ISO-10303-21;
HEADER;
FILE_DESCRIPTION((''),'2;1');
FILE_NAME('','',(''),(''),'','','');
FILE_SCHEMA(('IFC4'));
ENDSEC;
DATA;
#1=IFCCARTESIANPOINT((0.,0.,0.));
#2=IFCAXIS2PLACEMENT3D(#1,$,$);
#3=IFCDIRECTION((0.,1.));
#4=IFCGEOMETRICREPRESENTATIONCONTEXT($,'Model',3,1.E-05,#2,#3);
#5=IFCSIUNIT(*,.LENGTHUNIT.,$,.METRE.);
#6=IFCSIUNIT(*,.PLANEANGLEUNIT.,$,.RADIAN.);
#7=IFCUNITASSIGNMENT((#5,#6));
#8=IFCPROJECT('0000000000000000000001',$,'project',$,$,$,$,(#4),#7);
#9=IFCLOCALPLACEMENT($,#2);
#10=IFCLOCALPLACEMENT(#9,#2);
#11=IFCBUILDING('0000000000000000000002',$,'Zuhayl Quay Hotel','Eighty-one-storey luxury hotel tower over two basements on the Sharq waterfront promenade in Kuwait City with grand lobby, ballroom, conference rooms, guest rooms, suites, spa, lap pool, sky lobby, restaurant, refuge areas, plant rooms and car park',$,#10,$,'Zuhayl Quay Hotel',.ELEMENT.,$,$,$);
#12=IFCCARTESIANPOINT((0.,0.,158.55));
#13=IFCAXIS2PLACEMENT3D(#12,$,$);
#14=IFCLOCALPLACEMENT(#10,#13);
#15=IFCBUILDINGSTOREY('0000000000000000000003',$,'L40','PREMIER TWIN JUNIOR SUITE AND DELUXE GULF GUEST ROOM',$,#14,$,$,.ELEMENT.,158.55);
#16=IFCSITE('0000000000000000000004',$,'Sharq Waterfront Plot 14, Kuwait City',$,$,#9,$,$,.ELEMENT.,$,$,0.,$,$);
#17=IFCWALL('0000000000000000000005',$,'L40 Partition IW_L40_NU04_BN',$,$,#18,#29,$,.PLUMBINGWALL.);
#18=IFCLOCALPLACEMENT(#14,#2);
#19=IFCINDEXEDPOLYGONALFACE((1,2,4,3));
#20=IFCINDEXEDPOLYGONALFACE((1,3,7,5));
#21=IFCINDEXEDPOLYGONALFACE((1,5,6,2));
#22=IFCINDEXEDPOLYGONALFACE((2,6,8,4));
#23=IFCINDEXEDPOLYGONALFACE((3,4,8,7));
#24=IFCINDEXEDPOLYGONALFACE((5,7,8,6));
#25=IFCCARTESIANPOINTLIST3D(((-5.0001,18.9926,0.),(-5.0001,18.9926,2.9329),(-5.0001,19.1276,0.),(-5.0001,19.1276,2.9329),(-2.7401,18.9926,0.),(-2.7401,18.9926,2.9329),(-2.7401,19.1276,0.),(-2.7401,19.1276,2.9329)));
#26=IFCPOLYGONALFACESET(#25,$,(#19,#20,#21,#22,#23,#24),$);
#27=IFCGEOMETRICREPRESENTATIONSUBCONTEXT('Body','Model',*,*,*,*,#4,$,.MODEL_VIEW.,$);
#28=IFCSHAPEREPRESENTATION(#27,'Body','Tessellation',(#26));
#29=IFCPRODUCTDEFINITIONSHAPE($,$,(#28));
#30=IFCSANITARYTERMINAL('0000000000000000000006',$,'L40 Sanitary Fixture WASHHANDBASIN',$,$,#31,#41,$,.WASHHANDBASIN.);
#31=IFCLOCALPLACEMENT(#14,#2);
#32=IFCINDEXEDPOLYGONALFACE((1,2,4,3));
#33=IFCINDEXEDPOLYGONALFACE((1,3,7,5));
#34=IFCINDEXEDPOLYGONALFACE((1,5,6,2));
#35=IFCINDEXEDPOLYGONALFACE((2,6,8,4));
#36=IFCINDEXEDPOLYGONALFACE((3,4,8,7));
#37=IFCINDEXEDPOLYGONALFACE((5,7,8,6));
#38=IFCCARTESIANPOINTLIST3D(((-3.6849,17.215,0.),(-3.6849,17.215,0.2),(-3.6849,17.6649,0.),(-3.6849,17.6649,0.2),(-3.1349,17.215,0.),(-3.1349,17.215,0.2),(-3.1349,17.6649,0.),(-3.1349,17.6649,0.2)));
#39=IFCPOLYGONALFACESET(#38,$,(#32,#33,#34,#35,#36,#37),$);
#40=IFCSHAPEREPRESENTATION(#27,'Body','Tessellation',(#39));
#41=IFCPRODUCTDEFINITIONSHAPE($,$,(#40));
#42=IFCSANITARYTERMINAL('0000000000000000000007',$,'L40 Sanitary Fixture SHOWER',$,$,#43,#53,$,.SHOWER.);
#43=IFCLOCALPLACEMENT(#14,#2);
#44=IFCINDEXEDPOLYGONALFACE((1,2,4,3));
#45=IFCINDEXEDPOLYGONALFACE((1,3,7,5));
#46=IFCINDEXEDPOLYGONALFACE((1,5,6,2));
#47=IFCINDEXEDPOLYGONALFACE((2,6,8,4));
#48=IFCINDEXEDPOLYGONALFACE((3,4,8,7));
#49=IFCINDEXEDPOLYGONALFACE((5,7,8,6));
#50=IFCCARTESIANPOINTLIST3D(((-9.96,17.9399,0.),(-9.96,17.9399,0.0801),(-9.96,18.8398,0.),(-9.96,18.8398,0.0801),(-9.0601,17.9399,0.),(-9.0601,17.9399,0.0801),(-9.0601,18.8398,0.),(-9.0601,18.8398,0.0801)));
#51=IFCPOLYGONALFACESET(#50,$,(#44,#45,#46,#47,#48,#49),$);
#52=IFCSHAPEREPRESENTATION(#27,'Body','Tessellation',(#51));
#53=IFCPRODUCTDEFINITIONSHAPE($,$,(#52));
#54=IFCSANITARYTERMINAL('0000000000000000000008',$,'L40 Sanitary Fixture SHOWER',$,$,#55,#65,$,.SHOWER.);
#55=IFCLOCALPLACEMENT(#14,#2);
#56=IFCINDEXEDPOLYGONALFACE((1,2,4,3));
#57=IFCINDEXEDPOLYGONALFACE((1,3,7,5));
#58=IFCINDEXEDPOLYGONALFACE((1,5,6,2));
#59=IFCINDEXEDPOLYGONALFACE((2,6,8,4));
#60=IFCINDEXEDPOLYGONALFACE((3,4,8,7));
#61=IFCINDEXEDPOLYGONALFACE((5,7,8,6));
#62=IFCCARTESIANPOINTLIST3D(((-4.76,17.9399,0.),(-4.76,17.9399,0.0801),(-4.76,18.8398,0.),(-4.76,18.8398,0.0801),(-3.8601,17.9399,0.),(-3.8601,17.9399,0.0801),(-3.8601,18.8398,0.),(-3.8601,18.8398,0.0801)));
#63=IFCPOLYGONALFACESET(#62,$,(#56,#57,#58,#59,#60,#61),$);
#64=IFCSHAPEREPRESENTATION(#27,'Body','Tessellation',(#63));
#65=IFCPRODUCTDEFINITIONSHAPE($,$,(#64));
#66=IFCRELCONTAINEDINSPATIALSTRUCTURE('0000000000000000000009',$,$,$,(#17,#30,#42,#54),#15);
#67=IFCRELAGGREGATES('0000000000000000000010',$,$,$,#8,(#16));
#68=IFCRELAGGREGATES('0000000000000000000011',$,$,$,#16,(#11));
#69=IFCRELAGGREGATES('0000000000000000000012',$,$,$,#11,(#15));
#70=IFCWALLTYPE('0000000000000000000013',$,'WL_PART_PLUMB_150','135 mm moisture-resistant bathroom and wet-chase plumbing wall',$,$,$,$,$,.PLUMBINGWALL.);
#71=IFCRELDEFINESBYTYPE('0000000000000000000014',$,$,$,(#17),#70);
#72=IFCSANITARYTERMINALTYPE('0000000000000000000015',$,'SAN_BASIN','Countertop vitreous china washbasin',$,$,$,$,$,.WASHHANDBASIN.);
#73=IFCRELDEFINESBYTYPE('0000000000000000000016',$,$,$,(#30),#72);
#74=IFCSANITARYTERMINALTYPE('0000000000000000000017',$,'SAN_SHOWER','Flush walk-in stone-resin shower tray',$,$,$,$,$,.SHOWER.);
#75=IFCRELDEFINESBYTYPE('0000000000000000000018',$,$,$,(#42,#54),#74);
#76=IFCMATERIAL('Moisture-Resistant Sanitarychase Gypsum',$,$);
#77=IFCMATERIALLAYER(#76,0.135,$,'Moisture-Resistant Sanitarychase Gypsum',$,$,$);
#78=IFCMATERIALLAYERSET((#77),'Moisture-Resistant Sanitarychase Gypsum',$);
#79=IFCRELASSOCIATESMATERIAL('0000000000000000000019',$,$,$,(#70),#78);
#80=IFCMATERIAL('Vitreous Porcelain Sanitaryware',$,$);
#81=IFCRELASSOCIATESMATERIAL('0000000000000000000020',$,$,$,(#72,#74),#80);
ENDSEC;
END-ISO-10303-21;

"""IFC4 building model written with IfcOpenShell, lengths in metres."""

from ifc_helpers import new_model, si_unit, direction, frame, frame_2d, origin, origin_2d, place, context, subcontext, project, spatial, rectangle, extrude, material, layer, layer_set, type_object, element, save


model = new_model("IFC4")

# Units and contexts
model_context = context("Model", 3, precision=1e-05, world=origin(), true_north=direction((0.0, 1.0)))
body_context = subcontext(model_context, "Body", "Model", "MODEL_VIEW")
ifc_project = project(units=[si_unit("LENGTHUNIT", "METRE"), si_unit("PLANEANGLEUNIT", "RADIAN")], contexts=[model_context])

# Site, building, storey
site_placement = place(None, origin())
site = spatial("IfcSite", under=ifc_project, at=site_placement, Name="Sharq Waterfront Plot 14, Kuwait City", CompositionType="ELEMENT", RefElevation=0.0)
building_placement = place(site_placement, origin())
building = spatial("IfcBuilding", under=site, at=building_placement, Name="Zuhayl Quay Hotel", Description="Eighty-one-storey luxury hotel tower over two basements on the Sharq waterfront promenade in Kuwait City with grand lobby, ballroom, conference rooms, guest rooms, suites, spa, lap pool, sky lobby, restaurant, refuge areas, plant rooms and car park", LongName="Zuhayl Quay Hotel", CompositionType="ELEMENT")
storey_placement = place(building_placement, frame((0.0, 0.0, 158.55)))
storey = spatial("IfcBuildingStorey", under=building, at=storey_placement, Name="L40", Description="PREMIER TWIN JUNIOR SUITE AND DELUXE GULF GUEST ROOM", CompositionType="ELEMENT", Elevation=158.55)

# Wall
ifc_material_1 = material(Name="Moisture-Resistant Sanitarychase Gypsum")
ifc_layer_1 = layer(ifc_material_1, 0.135, Name="Moisture-Resistant Sanitarychase Gypsum")
ifc_layer_set_1 = layer_set([ifc_layer_1], Name="Moisture-Resistant Sanitarychase Gypsum")
wall_type_1 = type_object("IfcWallType", Name="WL_PART_PLUMB_150", Description="135 mm moisture-resistant bathroom and wet-chase plumbing wall", PredefinedType="PLUMBINGWALL", material=ifc_layer_set_1)
for number, where, z_axis, x_axis, name in (
    (1, (-5.0, 19.0601, 0.0), (0.0, 0.0, 1.0), (1.0, 0.0, 0.0), "L40 Partition IW_L40_NU04_BN"),
):
    element("IfcWall", number, at=place(storey_placement, frame(where, z_axis=z_axis, x_axis=x_axis)), inside=storey, type_object=wall_type_1, Name=name, PredefinedType="PLUMBINGWALL", context=body_context, shape_type="SweptSolid", body=[
        extrude(rectangle(XDim=2.26, YDim=0.135, at=frame_2d((1.1299, 0.0))), origin(), (0.0, 0.0, 1.0), 2.9329),
    ])

# Sanitary terminals
ifc_material_2 = material(Name="Vitreous Porcelain Sanitaryware")
sanitary_terminal_type_1 = type_object("IfcSanitaryTerminalType", Name="SAN_BASIN", Description="Countertop vitreous china washbasin", PredefinedType="WASHHANDBASIN", material=ifc_material_2)
sanitary_terminal_placement = place(storey_placement, frame((-3.4099, 17.4399, 0.0), z_axis=(0.0, 0.0, 1.0), x_axis=(1.0, 0.0, 0.0)))
element("IfcSanitaryTerminal", 2, at=sanitary_terminal_placement, inside=storey, type_object=sanitary_terminal_type_1, Name="L40 Sanitary Fixture WASHHANDBASIN", PredefinedType="WASHHANDBASIN", context=body_context, shape_type="SweptSolid", body=[
    extrude(rectangle(XDim=0.55, YDim=0.45, at=origin_2d()), origin(), (0.0, 0.0, 1.0), 0.2),
])
sanitary_terminal_type_2 = type_object("IfcSanitaryTerminalType", Name="SAN_SHOWER", Description="Flush walk-in stone-resin shower tray", PredefinedType="SHOWER", material=ifc_material_2)
for number, where, z_axis, x_axis, name in (
    (3, (-9.51, 18.3899, 0.0), (0.0, 0.0, 1.0), (1.0, 0.0, 0.0), "L40 Sanitary Fixture SHOWER"),
    (4, (-4.3101, 18.3899, 0.0), (0.0, 0.0, 1.0), (1.0, 0.0, 0.0), "L40 Sanitary Fixture SHOWER"),
):
    element("IfcSanitaryTerminal", number, at=place(storey_placement, frame(where, z_axis=z_axis, x_axis=x_axis)), inside=storey, type_object=sanitary_terminal_type_2, Name=name, PredefinedType="SHOWER", context=body_context, shape_type="SweptSolid", body=[
        extrude(rectangle(XDim=0.8999, YDim=0.8999, at=origin_2d()), origin(), (0.0, 0.0, 1.0), 0.0801),
    ])

save(model, "model.ifc")
